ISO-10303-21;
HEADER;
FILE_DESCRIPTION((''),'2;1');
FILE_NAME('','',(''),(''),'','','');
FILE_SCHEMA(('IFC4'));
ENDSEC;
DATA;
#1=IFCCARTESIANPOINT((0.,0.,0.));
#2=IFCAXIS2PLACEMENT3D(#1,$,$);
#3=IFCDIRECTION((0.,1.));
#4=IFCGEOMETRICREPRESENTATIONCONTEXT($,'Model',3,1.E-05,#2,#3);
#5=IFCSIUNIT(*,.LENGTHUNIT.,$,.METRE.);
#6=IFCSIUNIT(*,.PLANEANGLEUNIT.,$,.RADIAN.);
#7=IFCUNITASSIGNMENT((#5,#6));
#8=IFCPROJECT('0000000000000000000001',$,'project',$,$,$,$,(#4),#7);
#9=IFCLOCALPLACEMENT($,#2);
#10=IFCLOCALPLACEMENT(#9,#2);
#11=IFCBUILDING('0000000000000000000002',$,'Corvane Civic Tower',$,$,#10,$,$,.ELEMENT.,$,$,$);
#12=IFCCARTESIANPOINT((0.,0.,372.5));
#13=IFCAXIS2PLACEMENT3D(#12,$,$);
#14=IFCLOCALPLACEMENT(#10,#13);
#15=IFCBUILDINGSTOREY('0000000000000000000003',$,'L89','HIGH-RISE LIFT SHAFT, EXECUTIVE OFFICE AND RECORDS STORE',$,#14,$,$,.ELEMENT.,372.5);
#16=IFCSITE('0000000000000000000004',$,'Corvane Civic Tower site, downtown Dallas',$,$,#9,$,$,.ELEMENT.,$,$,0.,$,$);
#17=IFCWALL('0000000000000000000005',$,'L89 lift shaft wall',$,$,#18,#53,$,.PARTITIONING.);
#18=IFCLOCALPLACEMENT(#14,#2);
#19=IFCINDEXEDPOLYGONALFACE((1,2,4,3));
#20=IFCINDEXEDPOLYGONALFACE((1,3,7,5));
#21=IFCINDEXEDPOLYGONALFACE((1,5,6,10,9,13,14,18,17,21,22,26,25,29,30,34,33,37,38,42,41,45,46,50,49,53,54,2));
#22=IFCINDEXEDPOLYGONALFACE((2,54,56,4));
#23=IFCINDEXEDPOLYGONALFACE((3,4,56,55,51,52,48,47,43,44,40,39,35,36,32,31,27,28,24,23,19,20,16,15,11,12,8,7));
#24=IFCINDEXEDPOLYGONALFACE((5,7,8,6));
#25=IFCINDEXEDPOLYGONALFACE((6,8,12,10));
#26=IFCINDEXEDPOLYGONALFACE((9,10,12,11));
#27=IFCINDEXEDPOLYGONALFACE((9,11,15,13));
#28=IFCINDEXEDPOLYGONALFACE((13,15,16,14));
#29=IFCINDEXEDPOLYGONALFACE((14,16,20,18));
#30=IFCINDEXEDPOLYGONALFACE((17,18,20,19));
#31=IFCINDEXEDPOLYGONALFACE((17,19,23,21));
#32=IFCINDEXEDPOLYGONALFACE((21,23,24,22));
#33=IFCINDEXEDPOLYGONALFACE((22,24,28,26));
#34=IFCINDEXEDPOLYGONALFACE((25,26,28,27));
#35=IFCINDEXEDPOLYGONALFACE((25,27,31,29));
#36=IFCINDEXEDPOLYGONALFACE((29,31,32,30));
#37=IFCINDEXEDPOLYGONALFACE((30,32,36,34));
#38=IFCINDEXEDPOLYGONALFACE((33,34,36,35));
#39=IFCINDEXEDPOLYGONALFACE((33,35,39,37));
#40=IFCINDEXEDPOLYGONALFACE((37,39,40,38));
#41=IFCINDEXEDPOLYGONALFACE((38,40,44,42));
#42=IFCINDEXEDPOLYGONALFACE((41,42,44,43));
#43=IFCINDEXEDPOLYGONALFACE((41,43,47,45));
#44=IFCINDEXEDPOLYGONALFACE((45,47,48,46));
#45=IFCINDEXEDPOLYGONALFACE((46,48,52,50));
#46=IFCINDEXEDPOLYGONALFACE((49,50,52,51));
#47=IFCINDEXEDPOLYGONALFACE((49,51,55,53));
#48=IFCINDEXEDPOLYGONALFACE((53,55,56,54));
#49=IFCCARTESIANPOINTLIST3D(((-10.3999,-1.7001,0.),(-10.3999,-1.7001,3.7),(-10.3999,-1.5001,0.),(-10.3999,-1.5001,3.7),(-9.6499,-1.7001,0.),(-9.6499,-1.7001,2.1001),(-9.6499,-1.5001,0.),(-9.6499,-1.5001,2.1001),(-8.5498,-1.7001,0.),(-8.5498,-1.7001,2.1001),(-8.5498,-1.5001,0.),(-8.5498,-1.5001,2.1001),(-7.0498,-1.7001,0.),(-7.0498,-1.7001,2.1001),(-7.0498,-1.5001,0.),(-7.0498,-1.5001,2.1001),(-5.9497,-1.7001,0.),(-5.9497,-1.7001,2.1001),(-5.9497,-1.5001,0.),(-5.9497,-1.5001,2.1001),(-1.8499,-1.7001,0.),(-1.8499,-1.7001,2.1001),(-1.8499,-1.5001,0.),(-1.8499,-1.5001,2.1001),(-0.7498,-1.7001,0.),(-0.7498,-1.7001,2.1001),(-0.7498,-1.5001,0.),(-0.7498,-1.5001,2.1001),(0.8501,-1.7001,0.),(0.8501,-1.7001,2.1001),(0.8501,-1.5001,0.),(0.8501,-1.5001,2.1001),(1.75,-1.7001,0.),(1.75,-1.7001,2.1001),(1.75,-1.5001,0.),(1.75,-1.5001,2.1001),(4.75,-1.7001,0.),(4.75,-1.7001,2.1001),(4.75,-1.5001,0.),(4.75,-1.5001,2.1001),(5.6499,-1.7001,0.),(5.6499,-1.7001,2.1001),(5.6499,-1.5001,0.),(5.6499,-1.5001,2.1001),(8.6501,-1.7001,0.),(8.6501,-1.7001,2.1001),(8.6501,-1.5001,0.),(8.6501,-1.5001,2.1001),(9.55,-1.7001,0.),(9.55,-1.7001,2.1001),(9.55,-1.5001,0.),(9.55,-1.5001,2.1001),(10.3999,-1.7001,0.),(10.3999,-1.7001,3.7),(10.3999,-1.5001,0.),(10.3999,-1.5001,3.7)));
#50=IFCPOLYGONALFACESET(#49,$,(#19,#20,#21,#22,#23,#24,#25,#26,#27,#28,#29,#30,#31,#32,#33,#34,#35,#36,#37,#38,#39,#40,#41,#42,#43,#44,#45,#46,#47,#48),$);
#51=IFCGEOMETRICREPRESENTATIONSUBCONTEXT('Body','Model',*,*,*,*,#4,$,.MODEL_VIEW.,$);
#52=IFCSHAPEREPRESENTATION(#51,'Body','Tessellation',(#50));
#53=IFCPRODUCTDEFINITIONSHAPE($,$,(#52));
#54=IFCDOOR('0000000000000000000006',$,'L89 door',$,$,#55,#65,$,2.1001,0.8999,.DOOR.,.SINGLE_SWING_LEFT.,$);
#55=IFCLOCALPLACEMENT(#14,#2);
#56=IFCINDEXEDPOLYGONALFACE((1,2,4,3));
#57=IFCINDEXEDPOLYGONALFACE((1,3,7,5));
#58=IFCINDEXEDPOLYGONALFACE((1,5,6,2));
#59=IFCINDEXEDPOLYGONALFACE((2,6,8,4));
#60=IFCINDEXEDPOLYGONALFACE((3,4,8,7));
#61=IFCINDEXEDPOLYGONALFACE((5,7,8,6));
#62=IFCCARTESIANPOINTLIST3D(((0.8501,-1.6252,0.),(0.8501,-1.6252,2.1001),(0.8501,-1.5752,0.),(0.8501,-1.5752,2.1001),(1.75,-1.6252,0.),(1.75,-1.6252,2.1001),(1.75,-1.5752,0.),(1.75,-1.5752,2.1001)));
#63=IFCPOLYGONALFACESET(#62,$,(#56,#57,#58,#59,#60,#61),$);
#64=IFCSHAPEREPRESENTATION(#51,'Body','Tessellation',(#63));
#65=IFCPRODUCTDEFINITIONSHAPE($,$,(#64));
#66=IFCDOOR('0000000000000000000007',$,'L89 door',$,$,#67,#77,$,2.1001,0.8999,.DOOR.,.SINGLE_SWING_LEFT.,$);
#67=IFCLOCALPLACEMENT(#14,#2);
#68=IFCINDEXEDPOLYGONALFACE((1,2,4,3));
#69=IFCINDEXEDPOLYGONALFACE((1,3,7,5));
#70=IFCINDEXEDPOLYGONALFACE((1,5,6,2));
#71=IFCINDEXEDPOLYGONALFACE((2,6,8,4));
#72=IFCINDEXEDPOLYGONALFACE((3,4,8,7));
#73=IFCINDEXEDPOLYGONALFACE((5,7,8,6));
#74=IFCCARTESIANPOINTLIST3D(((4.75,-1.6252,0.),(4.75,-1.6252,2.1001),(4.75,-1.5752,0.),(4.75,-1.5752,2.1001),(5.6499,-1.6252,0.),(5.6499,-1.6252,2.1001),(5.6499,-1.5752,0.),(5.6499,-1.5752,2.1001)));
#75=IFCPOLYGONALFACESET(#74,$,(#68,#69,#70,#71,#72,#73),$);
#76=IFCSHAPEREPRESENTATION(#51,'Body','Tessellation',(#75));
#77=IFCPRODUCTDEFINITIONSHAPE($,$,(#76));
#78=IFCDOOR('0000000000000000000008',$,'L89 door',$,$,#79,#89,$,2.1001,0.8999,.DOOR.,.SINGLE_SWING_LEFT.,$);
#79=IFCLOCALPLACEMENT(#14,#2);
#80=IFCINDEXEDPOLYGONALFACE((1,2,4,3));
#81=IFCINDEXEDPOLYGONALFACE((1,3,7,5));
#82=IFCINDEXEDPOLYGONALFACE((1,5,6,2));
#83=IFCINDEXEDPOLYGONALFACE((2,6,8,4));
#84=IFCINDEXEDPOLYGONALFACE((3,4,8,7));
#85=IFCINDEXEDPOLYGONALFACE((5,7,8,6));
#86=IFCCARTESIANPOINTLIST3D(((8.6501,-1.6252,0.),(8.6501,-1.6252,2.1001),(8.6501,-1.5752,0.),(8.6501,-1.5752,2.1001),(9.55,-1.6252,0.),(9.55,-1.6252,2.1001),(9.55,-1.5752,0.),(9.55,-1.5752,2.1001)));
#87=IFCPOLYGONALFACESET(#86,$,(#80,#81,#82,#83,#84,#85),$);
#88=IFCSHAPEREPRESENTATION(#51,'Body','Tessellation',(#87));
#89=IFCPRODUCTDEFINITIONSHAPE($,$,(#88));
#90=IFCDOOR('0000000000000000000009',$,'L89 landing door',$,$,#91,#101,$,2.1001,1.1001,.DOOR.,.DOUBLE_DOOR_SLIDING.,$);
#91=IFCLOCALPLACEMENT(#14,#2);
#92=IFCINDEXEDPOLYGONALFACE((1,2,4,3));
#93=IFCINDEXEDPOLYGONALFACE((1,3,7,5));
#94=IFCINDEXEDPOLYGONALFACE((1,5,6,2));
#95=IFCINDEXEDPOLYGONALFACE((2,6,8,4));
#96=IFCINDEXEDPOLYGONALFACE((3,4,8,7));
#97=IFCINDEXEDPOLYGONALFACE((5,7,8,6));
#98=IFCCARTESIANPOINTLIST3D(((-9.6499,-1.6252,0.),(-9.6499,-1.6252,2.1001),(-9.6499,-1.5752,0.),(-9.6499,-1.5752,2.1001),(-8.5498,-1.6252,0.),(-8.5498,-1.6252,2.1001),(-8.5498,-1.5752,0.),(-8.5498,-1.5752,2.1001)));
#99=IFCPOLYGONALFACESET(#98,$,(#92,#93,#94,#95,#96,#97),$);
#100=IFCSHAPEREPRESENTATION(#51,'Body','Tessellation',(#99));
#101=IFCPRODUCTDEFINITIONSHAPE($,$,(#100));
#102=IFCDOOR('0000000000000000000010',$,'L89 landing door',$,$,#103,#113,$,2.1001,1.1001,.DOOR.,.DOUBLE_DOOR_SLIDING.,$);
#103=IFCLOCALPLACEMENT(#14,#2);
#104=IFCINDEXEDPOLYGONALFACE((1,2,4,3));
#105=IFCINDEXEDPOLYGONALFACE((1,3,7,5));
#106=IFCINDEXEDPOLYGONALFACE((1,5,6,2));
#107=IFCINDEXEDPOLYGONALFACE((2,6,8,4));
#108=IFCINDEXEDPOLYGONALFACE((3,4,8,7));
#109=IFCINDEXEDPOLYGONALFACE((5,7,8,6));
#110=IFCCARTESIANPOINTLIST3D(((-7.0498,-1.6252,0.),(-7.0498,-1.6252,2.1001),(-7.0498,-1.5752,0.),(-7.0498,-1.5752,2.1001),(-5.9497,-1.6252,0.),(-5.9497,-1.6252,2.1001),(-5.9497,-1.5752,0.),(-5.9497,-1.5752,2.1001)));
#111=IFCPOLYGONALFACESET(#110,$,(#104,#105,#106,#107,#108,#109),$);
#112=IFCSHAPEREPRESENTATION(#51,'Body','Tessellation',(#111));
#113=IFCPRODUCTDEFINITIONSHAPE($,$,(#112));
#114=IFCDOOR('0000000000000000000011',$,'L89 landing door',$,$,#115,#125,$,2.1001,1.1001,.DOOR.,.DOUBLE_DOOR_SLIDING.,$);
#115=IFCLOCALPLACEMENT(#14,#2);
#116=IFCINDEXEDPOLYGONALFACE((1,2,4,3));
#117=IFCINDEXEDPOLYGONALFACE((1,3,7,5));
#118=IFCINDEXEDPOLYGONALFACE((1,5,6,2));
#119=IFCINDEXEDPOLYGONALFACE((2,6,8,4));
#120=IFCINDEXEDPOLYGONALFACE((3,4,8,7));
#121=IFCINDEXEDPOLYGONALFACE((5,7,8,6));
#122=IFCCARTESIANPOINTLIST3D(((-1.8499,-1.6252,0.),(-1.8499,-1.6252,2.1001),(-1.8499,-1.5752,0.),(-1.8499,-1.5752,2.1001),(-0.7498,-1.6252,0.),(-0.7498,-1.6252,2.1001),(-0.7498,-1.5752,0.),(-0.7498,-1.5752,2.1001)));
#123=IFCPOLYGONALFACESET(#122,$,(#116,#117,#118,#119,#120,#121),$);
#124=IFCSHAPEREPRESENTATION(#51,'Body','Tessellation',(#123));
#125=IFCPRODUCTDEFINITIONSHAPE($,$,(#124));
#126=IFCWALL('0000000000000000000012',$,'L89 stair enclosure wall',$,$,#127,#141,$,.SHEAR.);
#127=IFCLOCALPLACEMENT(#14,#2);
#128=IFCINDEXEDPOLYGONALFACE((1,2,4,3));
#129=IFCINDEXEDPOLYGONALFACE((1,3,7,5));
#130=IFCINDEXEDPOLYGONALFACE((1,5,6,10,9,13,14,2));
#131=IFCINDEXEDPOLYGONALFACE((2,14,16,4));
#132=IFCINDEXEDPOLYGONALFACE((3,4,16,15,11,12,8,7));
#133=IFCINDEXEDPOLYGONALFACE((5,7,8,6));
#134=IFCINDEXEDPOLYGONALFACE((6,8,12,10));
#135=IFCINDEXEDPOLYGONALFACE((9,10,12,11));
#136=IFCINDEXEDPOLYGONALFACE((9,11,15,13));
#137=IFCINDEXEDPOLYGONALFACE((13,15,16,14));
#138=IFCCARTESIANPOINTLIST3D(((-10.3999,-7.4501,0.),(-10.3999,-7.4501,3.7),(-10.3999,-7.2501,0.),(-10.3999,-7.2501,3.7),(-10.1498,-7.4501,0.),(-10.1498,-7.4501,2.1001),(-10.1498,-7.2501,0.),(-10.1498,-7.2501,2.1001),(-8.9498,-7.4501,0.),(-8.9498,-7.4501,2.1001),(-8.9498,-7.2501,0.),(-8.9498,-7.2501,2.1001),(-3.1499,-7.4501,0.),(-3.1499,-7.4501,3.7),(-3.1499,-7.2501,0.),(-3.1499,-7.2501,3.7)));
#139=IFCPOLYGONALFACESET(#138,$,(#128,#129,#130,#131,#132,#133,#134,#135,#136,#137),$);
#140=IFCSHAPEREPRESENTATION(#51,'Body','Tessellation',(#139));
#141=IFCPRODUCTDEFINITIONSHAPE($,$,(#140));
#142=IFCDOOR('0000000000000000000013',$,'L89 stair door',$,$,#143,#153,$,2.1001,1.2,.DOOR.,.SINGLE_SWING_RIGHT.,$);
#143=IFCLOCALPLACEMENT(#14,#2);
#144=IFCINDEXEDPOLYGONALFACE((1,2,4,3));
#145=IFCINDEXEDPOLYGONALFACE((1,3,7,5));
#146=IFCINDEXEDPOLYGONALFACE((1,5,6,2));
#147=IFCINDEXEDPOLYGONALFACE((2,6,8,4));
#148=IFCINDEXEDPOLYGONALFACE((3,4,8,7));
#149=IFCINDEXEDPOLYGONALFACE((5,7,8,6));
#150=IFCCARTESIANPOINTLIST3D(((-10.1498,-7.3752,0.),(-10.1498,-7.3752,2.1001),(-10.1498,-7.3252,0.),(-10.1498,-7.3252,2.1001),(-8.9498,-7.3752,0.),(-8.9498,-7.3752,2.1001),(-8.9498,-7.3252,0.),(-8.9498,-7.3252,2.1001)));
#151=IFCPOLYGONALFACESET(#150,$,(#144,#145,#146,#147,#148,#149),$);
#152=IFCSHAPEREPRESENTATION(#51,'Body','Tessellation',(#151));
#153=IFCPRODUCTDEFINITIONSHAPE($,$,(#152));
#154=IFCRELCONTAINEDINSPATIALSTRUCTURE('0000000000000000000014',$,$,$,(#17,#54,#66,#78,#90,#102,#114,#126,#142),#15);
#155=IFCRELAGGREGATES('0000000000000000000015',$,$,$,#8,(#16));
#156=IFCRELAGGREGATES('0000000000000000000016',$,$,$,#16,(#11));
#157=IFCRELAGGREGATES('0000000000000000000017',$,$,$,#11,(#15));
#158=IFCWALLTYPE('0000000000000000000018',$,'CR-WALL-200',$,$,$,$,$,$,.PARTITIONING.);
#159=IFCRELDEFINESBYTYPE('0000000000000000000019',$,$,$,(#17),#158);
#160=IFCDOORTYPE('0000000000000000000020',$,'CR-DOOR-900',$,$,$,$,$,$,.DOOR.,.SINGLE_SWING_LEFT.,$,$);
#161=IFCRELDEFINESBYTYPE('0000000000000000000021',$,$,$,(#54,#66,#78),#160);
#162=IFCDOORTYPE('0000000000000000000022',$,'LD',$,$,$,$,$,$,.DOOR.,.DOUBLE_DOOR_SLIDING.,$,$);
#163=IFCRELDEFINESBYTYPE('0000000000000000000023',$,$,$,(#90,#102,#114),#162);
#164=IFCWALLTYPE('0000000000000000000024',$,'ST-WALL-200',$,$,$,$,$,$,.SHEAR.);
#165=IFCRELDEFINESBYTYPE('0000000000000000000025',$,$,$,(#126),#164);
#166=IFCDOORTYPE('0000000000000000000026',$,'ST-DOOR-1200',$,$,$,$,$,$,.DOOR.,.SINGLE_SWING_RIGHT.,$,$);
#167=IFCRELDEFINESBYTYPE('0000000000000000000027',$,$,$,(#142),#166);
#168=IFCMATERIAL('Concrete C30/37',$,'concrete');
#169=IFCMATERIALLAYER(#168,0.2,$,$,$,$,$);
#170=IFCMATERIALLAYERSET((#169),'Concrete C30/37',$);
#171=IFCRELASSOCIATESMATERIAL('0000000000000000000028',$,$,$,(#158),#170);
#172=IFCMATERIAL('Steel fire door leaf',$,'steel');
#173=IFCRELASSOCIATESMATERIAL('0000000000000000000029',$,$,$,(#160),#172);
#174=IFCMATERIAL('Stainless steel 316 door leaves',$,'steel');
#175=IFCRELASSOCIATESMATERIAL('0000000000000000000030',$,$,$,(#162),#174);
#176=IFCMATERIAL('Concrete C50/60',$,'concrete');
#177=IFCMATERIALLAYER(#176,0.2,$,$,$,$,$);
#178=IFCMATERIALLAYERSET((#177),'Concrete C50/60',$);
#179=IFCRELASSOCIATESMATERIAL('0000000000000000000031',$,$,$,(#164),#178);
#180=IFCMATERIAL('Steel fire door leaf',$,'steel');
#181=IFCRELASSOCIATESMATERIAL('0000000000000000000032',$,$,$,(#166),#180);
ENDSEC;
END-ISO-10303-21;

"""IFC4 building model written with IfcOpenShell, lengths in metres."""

from ifc_helpers import new_model, si_unit, direction, frame, frame_2d, origin, place, context, subcontext, project, spatial, rectangle, extrude, material, layer, layer_set, type_object, element, fill, save


model = new_model("IFC4")

# Units and contexts
model_context = context("Model", 3, precision=1e-05, world=origin(), true_north=direction((0.0, 1.0)))
body_context = subcontext(model_context, "Body", "Model", "MODEL_VIEW")
ifc_project = project(units=[si_unit("LENGTHUNIT", "METRE"), si_unit("PLANEANGLEUNIT", "RADIAN")], contexts=[model_context])

# Site, building, storey
site_placement = place(None, origin())
site = spatial("IfcSite", under=ifc_project, at=site_placement, Name="Corvane Civic Tower site, downtown Dallas", CompositionType="ELEMENT", RefElevation=0.0)
building_placement = place(site_placement, origin())
building = spatial("IfcBuilding", under=site, at=building_placement, Name="Corvane Civic Tower", CompositionType="ELEMENT")
storey_placement = place(building_placement, frame((0.0, 0.0, 372.5)))
storey = spatial("IfcBuildingStorey", under=building, at=storey_placement, Name="L89", Description="HIGH-RISE LIFT SHAFT, EXECUTIVE OFFICE AND RECORDS STORE", CompositionType="ELEMENT", Elevation=372.5)

# Wall, openings, doors
ifc_material_1 = material(Name="Concrete C30/37", Category="concrete")
ifc_layer_1 = layer(ifc_material_1, 0.2)
ifc_layer_set_1 = layer_set([ifc_layer_1], Name="Concrete C30/37")
wall_type_1 = type_object("IfcWallType", Name="CR-WALL-200", PredefinedType="PARTITIONING", material=ifc_layer_set_1)
wall_1_placement = place(storey_placement, frame((-10.3999, -1.6001, 0.0), z_axis=(0.0, 0.0, 1.0), x_axis=(1.0, 0.0, 0.0)))
wall_1 = element("IfcWall", 1, at=wall_1_placement, inside=storey, type_object=wall_type_1, Name="L89 lift shaft wall", PredefinedType="PARTITIONING", context=body_context, shape_type="SweptSolid", body=[
    extrude(rectangle(XDim=20.7998, YDim=0.2, at=frame_2d((10.3999, 0.0))), origin(), (0.0, 0.0, 1.0), 3.7),
])
opening_1_placement = place(wall_1_placement, frame((0.75, 0.0, 0.0)))
opening_1 = element("IfcOpeningElement", 2, at=opening_1_placement, cuts=wall_1, PredefinedType="OPENING", context=body_context, shape_type="SweptSolid", body=[
    extrude(rectangle(XDim=1.1001, YDim=2.1001, at=frame_2d((0.55, 1.05))), frame((0.0, 0.1099, 0.0), z_axis=(0.0, -1.0, 0.0), x_axis=(1.0, 0.0, 0.0)), (0.0, 0.0, 1.0), 0.22),
])
opening_2_placement = place(wall_1_placement, frame((3.3501, 0.0, 0.0)))
opening_2 = element("IfcOpeningElement", 3, at=opening_2_placement, cuts=wall_1, PredefinedType="OPENING", context=body_context, shape_type="SweptSolid", body=[
    extrude(rectangle(XDim=1.1001, YDim=2.1001, at=frame_2d((0.55, 1.05))), frame((0.0, 0.1099, 0.0), z_axis=(0.0, -1.0, 0.0), x_axis=(1.0, 0.0, 0.0)), (0.0, 0.0, 1.0), 0.22),
])
opening_3_placement = place(wall_1_placement, frame((8.55, 0.0, 0.0)))
opening_3 = element("IfcOpeningElement", 4, at=opening_3_placement, cuts=wall_1, PredefinedType="OPENING", context=body_context, shape_type="SweptSolid", body=[
    extrude(rectangle(XDim=1.1001, YDim=2.1001, at=frame_2d((0.55, 1.05))), frame((0.0, 0.1099, 0.0), z_axis=(0.0, -1.0, 0.0), x_axis=(1.0, 0.0, 0.0)), (0.0, 0.0, 1.0), 0.22),
])
opening_4_placement = place(wall_1_placement, frame((11.25, 0.0, 0.0)))
opening_4 = element("IfcOpeningElement", 5, at=opening_4_placement, cuts=wall_1, PredefinedType="OPENING", context=body_context, shape_type="SweptSolid", body=[
    extrude(rectangle(XDim=0.8999, YDim=2.1001, at=frame_2d((0.45, 1.05))), frame((0.0, 0.1099, 0.0), z_axis=(0.0, -1.0, 0.0), x_axis=(1.0, 0.0, 0.0)), (0.0, 0.0, 1.0), 0.22),
])
opening_5_placement = place(wall_1_placement, frame((15.1499, 0.0, 0.0)))
opening_5 = element("IfcOpeningElement", 6, at=opening_5_placement, cuts=wall_1, PredefinedType="OPENING", context=body_context, shape_type="SweptSolid", body=[
    extrude(rectangle(XDim=0.8999, YDim=2.1001, at=frame_2d((0.45, 1.05))), frame((0.0, 0.1099, 0.0), z_axis=(0.0, -1.0, 0.0), x_axis=(1.0, 0.0, 0.0)), (0.0, 0.0, 1.0), 0.22),
])
opening_6_placement = place(wall_1_placement, frame((19.05, 0.0, 0.0)))
opening_6 = element("IfcOpeningElement", 7, at=opening_6_placement, cuts=wall_1, PredefinedType="OPENING", context=body_context, shape_type="SweptSolid", body=[
    extrude(rectangle(XDim=0.8999, YDim=2.1001, at=frame_2d((0.45, 1.05))), frame((0.0, 0.1099, 0.0), z_axis=(0.0, -1.0, 0.0), x_axis=(1.0, 0.0, 0.0)), (0.0, 0.0, 1.0), 0.22),
])
ifc_material_2 = material(Name="Steel fire door leaf", Category="steel")
door_type_1 = type_object("IfcDoorType", Name="CR-DOOR-900", OperationType="SINGLE_SWING_LEFT", PredefinedType="DOOR", material=ifc_material_2)
door_1_placement = place(opening_4_placement, origin())
door_1 = element("IfcDoor", 8, at=door_1_placement, inside=storey, type_object=door_type_1, Name="L89 door", OperationType="SINGLE_SWING_LEFT", OverallHeight=2.1001, OverallWidth=0.8999, PredefinedType="DOOR", context=body_context, shape_type="SweptSolid", body=[
    extrude(rectangle(XDim=0.8999, YDim=2.1001, at=frame_2d((0.45, 1.05))), frame((0.0, 0.0249, 0.0), z_axis=(0.0, -1.0, 0.0), x_axis=(1.0, 0.0, 0.0)), (0.0, 0.0, 1.0), 0.05),
])
fill(opening_4, door_1)
door_2_placement = place(opening_5_placement, origin())
door_2 = element("IfcDoor", 9, at=door_2_placement, inside=storey, type_object=door_type_1, Name="L89 door", OperationType="SINGLE_SWING_LEFT", OverallHeight=2.1001, OverallWidth=0.8999, PredefinedType="DOOR", context=body_context, shape_type="SweptSolid", body=[
    extrude(rectangle(XDim=0.8999, YDim=2.1001, at=frame_2d((0.45, 1.05))), frame((0.0, 0.0249, 0.0), z_axis=(0.0, -1.0, 0.0), x_axis=(1.0, 0.0, 0.0)), (0.0, 0.0, 1.0), 0.05),
])
fill(opening_5, door_2)
door_3_placement = place(opening_6_placement, origin())
door_3 = element("IfcDoor", 10, at=door_3_placement, inside=storey, type_object=door_type_1, Name="L89 door", OperationType="SINGLE_SWING_LEFT", OverallHeight=2.1001, OverallWidth=0.8999, PredefinedType="DOOR", context=body_context, shape_type="SweptSolid", body=[
    extrude(rectangle(XDim=0.8999, YDim=2.1001, at=frame_2d((0.45, 1.05))), frame((0.0, 0.0249, 0.0), z_axis=(0.0, -1.0, 0.0), x_axis=(1.0, 0.0, 0.0)), (0.0, 0.0, 1.0), 0.05),
])
fill(opening_6, door_3)
ifc_material_3 = material(Name="Stainless steel 316 door leaves", Category="steel")
door_type_2 = type_object("IfcDoorType", Name="LD", OperationType="DOUBLE_DOOR_SLIDING", PredefinedType="DOOR", material=ifc_material_3)
door_4_placement = place(opening_1_placement, origin())
door_4 = element("IfcDoor", 11, at=door_4_placement, inside=storey, type_object=door_type_2, Name="L89 landing door", OperationType="DOUBLE_DOOR_SLIDING", OverallHeight=2.1001, OverallWidth=1.1001, PredefinedType="DOOR", context=body_context, shape_type="SweptSolid", body=[
    extrude(rectangle(XDim=1.1001, YDim=2.1001, at=frame_2d((0.55, 1.05))), frame((0.0, 0.0249, 0.0), z_axis=(0.0, -1.0, 0.0), x_axis=(1.0, 0.0, 0.0)), (0.0, 0.0, 1.0), 0.05),
])
fill(opening_1, door_4)
door_5_placement = place(opening_2_placement, origin())
door_5 = element("IfcDoor", 12, at=door_5_placement, inside=storey, type_object=door_type_2, Name="L89 landing door", OperationType="DOUBLE_DOOR_SLIDING", OverallHeight=2.1001, OverallWidth=1.1001, PredefinedType="DOOR", context=body_context, shape_type="SweptSolid", body=[
    extrude(rectangle(XDim=1.1001, YDim=2.1001, at=frame_2d((0.55, 1.05))), frame((0.0, 0.0249, 0.0), z_axis=(0.0, -1.0, 0.0), x_axis=(1.0, 0.0, 0.0)), (0.0, 0.0, 1.0), 0.05),
])
fill(opening_2, door_5)
door_6_placement = place(opening_3_placement, origin())
door_6 = element("IfcDoor", 13, at=door_6_placement, inside=storey, type_object=door_type_2, Name="L89 landing door", OperationType="DOUBLE_DOOR_SLIDING", OverallHeight=2.1001, OverallWidth=1.1001, PredefinedType="DOOR", context=body_context, shape_type="SweptSolid", body=[
    extrude(rectangle(XDim=1.1001, YDim=2.1001, at=frame_2d((0.55, 1.05))), frame((0.0, 0.0249, 0.0), z_axis=(0.0, -1.0, 0.0), x_axis=(1.0, 0.0, 0.0)), (0.0, 0.0, 1.0), 0.05),
])
fill(opening_3, door_6)

# Wall, opening, door
ifc_material_4 = material(Name="Concrete C50/60", Category="concrete")
ifc_layer_2 = layer(ifc_material_4, 0.2)
ifc_layer_set_2 = layer_set([ifc_layer_2], Name="Concrete C50/60")
wall_type_2 = type_object("IfcWallType", Name="ST-WALL-200", PredefinedType="SHEAR", material=ifc_layer_set_2)
wall_2_placement = place(storey_placement, frame((-10.3999, -7.3501, 0.0), z_axis=(0.0, 0.0, 1.0), x_axis=(1.0, 0.0, 0.0)))
wall_2 = element("IfcWall", 14, at=wall_2_placement, inside=storey, type_object=wall_type_2, Name="L89 stair enclosure wall", PredefinedType="SHEAR", context=body_context, shape_type="SweptSolid", body=[
    extrude(rectangle(XDim=7.25, YDim=0.2, at=frame_2d((3.625, 0.0))), origin(), (0.0, 0.0, 1.0), 3.7),
])
opening_7_placement = place(wall_2_placement, frame((0.25, 0.0, 0.0)))
opening_7 = element("IfcOpeningElement", 15, at=opening_7_placement, cuts=wall_2, PredefinedType="OPENING", context=body_context, shape_type="SweptSolid", body=[
    extrude(rectangle(XDim=1.2, YDim=2.1001, at=frame_2d((0.6001, 1.05))), frame((0.0, 0.1099, 0.0), z_axis=(0.0, -1.0, 0.0), x_axis=(1.0, 0.0, 0.0)), (0.0, 0.0, 1.0), 0.22),
])
ifc_material_5 = material(Name="Steel fire door leaf", Category="steel")
door_type_3 = type_object("IfcDoorType", Name="ST-DOOR-1200", OperationType="SINGLE_SWING_RIGHT", PredefinedType="DOOR", material=ifc_material_5)
door_7_placement = place(opening_7_placement, origin())
door_7 = element("IfcDoor", 16, at=door_7_placement, inside=storey, type_object=door_type_3, Name="L89 stair door", OperationType="SINGLE_SWING_RIGHT", OverallHeight=2.1001, OverallWidth=1.2, PredefinedType="DOOR", context=body_context, shape_type="SweptSolid", body=[
    extrude(rectangle(XDim=1.2, YDim=2.1001, at=frame_2d((0.6001, 1.05))), frame((0.0, 0.0249, 0.0), z_axis=(0.0, -1.0, 0.0), x_axis=(1.0, 0.0, 0.0)), (0.0, 0.0, 1.0), 0.05),
])
fill(opening_7, door_7)

save(model, "model.ifc")
